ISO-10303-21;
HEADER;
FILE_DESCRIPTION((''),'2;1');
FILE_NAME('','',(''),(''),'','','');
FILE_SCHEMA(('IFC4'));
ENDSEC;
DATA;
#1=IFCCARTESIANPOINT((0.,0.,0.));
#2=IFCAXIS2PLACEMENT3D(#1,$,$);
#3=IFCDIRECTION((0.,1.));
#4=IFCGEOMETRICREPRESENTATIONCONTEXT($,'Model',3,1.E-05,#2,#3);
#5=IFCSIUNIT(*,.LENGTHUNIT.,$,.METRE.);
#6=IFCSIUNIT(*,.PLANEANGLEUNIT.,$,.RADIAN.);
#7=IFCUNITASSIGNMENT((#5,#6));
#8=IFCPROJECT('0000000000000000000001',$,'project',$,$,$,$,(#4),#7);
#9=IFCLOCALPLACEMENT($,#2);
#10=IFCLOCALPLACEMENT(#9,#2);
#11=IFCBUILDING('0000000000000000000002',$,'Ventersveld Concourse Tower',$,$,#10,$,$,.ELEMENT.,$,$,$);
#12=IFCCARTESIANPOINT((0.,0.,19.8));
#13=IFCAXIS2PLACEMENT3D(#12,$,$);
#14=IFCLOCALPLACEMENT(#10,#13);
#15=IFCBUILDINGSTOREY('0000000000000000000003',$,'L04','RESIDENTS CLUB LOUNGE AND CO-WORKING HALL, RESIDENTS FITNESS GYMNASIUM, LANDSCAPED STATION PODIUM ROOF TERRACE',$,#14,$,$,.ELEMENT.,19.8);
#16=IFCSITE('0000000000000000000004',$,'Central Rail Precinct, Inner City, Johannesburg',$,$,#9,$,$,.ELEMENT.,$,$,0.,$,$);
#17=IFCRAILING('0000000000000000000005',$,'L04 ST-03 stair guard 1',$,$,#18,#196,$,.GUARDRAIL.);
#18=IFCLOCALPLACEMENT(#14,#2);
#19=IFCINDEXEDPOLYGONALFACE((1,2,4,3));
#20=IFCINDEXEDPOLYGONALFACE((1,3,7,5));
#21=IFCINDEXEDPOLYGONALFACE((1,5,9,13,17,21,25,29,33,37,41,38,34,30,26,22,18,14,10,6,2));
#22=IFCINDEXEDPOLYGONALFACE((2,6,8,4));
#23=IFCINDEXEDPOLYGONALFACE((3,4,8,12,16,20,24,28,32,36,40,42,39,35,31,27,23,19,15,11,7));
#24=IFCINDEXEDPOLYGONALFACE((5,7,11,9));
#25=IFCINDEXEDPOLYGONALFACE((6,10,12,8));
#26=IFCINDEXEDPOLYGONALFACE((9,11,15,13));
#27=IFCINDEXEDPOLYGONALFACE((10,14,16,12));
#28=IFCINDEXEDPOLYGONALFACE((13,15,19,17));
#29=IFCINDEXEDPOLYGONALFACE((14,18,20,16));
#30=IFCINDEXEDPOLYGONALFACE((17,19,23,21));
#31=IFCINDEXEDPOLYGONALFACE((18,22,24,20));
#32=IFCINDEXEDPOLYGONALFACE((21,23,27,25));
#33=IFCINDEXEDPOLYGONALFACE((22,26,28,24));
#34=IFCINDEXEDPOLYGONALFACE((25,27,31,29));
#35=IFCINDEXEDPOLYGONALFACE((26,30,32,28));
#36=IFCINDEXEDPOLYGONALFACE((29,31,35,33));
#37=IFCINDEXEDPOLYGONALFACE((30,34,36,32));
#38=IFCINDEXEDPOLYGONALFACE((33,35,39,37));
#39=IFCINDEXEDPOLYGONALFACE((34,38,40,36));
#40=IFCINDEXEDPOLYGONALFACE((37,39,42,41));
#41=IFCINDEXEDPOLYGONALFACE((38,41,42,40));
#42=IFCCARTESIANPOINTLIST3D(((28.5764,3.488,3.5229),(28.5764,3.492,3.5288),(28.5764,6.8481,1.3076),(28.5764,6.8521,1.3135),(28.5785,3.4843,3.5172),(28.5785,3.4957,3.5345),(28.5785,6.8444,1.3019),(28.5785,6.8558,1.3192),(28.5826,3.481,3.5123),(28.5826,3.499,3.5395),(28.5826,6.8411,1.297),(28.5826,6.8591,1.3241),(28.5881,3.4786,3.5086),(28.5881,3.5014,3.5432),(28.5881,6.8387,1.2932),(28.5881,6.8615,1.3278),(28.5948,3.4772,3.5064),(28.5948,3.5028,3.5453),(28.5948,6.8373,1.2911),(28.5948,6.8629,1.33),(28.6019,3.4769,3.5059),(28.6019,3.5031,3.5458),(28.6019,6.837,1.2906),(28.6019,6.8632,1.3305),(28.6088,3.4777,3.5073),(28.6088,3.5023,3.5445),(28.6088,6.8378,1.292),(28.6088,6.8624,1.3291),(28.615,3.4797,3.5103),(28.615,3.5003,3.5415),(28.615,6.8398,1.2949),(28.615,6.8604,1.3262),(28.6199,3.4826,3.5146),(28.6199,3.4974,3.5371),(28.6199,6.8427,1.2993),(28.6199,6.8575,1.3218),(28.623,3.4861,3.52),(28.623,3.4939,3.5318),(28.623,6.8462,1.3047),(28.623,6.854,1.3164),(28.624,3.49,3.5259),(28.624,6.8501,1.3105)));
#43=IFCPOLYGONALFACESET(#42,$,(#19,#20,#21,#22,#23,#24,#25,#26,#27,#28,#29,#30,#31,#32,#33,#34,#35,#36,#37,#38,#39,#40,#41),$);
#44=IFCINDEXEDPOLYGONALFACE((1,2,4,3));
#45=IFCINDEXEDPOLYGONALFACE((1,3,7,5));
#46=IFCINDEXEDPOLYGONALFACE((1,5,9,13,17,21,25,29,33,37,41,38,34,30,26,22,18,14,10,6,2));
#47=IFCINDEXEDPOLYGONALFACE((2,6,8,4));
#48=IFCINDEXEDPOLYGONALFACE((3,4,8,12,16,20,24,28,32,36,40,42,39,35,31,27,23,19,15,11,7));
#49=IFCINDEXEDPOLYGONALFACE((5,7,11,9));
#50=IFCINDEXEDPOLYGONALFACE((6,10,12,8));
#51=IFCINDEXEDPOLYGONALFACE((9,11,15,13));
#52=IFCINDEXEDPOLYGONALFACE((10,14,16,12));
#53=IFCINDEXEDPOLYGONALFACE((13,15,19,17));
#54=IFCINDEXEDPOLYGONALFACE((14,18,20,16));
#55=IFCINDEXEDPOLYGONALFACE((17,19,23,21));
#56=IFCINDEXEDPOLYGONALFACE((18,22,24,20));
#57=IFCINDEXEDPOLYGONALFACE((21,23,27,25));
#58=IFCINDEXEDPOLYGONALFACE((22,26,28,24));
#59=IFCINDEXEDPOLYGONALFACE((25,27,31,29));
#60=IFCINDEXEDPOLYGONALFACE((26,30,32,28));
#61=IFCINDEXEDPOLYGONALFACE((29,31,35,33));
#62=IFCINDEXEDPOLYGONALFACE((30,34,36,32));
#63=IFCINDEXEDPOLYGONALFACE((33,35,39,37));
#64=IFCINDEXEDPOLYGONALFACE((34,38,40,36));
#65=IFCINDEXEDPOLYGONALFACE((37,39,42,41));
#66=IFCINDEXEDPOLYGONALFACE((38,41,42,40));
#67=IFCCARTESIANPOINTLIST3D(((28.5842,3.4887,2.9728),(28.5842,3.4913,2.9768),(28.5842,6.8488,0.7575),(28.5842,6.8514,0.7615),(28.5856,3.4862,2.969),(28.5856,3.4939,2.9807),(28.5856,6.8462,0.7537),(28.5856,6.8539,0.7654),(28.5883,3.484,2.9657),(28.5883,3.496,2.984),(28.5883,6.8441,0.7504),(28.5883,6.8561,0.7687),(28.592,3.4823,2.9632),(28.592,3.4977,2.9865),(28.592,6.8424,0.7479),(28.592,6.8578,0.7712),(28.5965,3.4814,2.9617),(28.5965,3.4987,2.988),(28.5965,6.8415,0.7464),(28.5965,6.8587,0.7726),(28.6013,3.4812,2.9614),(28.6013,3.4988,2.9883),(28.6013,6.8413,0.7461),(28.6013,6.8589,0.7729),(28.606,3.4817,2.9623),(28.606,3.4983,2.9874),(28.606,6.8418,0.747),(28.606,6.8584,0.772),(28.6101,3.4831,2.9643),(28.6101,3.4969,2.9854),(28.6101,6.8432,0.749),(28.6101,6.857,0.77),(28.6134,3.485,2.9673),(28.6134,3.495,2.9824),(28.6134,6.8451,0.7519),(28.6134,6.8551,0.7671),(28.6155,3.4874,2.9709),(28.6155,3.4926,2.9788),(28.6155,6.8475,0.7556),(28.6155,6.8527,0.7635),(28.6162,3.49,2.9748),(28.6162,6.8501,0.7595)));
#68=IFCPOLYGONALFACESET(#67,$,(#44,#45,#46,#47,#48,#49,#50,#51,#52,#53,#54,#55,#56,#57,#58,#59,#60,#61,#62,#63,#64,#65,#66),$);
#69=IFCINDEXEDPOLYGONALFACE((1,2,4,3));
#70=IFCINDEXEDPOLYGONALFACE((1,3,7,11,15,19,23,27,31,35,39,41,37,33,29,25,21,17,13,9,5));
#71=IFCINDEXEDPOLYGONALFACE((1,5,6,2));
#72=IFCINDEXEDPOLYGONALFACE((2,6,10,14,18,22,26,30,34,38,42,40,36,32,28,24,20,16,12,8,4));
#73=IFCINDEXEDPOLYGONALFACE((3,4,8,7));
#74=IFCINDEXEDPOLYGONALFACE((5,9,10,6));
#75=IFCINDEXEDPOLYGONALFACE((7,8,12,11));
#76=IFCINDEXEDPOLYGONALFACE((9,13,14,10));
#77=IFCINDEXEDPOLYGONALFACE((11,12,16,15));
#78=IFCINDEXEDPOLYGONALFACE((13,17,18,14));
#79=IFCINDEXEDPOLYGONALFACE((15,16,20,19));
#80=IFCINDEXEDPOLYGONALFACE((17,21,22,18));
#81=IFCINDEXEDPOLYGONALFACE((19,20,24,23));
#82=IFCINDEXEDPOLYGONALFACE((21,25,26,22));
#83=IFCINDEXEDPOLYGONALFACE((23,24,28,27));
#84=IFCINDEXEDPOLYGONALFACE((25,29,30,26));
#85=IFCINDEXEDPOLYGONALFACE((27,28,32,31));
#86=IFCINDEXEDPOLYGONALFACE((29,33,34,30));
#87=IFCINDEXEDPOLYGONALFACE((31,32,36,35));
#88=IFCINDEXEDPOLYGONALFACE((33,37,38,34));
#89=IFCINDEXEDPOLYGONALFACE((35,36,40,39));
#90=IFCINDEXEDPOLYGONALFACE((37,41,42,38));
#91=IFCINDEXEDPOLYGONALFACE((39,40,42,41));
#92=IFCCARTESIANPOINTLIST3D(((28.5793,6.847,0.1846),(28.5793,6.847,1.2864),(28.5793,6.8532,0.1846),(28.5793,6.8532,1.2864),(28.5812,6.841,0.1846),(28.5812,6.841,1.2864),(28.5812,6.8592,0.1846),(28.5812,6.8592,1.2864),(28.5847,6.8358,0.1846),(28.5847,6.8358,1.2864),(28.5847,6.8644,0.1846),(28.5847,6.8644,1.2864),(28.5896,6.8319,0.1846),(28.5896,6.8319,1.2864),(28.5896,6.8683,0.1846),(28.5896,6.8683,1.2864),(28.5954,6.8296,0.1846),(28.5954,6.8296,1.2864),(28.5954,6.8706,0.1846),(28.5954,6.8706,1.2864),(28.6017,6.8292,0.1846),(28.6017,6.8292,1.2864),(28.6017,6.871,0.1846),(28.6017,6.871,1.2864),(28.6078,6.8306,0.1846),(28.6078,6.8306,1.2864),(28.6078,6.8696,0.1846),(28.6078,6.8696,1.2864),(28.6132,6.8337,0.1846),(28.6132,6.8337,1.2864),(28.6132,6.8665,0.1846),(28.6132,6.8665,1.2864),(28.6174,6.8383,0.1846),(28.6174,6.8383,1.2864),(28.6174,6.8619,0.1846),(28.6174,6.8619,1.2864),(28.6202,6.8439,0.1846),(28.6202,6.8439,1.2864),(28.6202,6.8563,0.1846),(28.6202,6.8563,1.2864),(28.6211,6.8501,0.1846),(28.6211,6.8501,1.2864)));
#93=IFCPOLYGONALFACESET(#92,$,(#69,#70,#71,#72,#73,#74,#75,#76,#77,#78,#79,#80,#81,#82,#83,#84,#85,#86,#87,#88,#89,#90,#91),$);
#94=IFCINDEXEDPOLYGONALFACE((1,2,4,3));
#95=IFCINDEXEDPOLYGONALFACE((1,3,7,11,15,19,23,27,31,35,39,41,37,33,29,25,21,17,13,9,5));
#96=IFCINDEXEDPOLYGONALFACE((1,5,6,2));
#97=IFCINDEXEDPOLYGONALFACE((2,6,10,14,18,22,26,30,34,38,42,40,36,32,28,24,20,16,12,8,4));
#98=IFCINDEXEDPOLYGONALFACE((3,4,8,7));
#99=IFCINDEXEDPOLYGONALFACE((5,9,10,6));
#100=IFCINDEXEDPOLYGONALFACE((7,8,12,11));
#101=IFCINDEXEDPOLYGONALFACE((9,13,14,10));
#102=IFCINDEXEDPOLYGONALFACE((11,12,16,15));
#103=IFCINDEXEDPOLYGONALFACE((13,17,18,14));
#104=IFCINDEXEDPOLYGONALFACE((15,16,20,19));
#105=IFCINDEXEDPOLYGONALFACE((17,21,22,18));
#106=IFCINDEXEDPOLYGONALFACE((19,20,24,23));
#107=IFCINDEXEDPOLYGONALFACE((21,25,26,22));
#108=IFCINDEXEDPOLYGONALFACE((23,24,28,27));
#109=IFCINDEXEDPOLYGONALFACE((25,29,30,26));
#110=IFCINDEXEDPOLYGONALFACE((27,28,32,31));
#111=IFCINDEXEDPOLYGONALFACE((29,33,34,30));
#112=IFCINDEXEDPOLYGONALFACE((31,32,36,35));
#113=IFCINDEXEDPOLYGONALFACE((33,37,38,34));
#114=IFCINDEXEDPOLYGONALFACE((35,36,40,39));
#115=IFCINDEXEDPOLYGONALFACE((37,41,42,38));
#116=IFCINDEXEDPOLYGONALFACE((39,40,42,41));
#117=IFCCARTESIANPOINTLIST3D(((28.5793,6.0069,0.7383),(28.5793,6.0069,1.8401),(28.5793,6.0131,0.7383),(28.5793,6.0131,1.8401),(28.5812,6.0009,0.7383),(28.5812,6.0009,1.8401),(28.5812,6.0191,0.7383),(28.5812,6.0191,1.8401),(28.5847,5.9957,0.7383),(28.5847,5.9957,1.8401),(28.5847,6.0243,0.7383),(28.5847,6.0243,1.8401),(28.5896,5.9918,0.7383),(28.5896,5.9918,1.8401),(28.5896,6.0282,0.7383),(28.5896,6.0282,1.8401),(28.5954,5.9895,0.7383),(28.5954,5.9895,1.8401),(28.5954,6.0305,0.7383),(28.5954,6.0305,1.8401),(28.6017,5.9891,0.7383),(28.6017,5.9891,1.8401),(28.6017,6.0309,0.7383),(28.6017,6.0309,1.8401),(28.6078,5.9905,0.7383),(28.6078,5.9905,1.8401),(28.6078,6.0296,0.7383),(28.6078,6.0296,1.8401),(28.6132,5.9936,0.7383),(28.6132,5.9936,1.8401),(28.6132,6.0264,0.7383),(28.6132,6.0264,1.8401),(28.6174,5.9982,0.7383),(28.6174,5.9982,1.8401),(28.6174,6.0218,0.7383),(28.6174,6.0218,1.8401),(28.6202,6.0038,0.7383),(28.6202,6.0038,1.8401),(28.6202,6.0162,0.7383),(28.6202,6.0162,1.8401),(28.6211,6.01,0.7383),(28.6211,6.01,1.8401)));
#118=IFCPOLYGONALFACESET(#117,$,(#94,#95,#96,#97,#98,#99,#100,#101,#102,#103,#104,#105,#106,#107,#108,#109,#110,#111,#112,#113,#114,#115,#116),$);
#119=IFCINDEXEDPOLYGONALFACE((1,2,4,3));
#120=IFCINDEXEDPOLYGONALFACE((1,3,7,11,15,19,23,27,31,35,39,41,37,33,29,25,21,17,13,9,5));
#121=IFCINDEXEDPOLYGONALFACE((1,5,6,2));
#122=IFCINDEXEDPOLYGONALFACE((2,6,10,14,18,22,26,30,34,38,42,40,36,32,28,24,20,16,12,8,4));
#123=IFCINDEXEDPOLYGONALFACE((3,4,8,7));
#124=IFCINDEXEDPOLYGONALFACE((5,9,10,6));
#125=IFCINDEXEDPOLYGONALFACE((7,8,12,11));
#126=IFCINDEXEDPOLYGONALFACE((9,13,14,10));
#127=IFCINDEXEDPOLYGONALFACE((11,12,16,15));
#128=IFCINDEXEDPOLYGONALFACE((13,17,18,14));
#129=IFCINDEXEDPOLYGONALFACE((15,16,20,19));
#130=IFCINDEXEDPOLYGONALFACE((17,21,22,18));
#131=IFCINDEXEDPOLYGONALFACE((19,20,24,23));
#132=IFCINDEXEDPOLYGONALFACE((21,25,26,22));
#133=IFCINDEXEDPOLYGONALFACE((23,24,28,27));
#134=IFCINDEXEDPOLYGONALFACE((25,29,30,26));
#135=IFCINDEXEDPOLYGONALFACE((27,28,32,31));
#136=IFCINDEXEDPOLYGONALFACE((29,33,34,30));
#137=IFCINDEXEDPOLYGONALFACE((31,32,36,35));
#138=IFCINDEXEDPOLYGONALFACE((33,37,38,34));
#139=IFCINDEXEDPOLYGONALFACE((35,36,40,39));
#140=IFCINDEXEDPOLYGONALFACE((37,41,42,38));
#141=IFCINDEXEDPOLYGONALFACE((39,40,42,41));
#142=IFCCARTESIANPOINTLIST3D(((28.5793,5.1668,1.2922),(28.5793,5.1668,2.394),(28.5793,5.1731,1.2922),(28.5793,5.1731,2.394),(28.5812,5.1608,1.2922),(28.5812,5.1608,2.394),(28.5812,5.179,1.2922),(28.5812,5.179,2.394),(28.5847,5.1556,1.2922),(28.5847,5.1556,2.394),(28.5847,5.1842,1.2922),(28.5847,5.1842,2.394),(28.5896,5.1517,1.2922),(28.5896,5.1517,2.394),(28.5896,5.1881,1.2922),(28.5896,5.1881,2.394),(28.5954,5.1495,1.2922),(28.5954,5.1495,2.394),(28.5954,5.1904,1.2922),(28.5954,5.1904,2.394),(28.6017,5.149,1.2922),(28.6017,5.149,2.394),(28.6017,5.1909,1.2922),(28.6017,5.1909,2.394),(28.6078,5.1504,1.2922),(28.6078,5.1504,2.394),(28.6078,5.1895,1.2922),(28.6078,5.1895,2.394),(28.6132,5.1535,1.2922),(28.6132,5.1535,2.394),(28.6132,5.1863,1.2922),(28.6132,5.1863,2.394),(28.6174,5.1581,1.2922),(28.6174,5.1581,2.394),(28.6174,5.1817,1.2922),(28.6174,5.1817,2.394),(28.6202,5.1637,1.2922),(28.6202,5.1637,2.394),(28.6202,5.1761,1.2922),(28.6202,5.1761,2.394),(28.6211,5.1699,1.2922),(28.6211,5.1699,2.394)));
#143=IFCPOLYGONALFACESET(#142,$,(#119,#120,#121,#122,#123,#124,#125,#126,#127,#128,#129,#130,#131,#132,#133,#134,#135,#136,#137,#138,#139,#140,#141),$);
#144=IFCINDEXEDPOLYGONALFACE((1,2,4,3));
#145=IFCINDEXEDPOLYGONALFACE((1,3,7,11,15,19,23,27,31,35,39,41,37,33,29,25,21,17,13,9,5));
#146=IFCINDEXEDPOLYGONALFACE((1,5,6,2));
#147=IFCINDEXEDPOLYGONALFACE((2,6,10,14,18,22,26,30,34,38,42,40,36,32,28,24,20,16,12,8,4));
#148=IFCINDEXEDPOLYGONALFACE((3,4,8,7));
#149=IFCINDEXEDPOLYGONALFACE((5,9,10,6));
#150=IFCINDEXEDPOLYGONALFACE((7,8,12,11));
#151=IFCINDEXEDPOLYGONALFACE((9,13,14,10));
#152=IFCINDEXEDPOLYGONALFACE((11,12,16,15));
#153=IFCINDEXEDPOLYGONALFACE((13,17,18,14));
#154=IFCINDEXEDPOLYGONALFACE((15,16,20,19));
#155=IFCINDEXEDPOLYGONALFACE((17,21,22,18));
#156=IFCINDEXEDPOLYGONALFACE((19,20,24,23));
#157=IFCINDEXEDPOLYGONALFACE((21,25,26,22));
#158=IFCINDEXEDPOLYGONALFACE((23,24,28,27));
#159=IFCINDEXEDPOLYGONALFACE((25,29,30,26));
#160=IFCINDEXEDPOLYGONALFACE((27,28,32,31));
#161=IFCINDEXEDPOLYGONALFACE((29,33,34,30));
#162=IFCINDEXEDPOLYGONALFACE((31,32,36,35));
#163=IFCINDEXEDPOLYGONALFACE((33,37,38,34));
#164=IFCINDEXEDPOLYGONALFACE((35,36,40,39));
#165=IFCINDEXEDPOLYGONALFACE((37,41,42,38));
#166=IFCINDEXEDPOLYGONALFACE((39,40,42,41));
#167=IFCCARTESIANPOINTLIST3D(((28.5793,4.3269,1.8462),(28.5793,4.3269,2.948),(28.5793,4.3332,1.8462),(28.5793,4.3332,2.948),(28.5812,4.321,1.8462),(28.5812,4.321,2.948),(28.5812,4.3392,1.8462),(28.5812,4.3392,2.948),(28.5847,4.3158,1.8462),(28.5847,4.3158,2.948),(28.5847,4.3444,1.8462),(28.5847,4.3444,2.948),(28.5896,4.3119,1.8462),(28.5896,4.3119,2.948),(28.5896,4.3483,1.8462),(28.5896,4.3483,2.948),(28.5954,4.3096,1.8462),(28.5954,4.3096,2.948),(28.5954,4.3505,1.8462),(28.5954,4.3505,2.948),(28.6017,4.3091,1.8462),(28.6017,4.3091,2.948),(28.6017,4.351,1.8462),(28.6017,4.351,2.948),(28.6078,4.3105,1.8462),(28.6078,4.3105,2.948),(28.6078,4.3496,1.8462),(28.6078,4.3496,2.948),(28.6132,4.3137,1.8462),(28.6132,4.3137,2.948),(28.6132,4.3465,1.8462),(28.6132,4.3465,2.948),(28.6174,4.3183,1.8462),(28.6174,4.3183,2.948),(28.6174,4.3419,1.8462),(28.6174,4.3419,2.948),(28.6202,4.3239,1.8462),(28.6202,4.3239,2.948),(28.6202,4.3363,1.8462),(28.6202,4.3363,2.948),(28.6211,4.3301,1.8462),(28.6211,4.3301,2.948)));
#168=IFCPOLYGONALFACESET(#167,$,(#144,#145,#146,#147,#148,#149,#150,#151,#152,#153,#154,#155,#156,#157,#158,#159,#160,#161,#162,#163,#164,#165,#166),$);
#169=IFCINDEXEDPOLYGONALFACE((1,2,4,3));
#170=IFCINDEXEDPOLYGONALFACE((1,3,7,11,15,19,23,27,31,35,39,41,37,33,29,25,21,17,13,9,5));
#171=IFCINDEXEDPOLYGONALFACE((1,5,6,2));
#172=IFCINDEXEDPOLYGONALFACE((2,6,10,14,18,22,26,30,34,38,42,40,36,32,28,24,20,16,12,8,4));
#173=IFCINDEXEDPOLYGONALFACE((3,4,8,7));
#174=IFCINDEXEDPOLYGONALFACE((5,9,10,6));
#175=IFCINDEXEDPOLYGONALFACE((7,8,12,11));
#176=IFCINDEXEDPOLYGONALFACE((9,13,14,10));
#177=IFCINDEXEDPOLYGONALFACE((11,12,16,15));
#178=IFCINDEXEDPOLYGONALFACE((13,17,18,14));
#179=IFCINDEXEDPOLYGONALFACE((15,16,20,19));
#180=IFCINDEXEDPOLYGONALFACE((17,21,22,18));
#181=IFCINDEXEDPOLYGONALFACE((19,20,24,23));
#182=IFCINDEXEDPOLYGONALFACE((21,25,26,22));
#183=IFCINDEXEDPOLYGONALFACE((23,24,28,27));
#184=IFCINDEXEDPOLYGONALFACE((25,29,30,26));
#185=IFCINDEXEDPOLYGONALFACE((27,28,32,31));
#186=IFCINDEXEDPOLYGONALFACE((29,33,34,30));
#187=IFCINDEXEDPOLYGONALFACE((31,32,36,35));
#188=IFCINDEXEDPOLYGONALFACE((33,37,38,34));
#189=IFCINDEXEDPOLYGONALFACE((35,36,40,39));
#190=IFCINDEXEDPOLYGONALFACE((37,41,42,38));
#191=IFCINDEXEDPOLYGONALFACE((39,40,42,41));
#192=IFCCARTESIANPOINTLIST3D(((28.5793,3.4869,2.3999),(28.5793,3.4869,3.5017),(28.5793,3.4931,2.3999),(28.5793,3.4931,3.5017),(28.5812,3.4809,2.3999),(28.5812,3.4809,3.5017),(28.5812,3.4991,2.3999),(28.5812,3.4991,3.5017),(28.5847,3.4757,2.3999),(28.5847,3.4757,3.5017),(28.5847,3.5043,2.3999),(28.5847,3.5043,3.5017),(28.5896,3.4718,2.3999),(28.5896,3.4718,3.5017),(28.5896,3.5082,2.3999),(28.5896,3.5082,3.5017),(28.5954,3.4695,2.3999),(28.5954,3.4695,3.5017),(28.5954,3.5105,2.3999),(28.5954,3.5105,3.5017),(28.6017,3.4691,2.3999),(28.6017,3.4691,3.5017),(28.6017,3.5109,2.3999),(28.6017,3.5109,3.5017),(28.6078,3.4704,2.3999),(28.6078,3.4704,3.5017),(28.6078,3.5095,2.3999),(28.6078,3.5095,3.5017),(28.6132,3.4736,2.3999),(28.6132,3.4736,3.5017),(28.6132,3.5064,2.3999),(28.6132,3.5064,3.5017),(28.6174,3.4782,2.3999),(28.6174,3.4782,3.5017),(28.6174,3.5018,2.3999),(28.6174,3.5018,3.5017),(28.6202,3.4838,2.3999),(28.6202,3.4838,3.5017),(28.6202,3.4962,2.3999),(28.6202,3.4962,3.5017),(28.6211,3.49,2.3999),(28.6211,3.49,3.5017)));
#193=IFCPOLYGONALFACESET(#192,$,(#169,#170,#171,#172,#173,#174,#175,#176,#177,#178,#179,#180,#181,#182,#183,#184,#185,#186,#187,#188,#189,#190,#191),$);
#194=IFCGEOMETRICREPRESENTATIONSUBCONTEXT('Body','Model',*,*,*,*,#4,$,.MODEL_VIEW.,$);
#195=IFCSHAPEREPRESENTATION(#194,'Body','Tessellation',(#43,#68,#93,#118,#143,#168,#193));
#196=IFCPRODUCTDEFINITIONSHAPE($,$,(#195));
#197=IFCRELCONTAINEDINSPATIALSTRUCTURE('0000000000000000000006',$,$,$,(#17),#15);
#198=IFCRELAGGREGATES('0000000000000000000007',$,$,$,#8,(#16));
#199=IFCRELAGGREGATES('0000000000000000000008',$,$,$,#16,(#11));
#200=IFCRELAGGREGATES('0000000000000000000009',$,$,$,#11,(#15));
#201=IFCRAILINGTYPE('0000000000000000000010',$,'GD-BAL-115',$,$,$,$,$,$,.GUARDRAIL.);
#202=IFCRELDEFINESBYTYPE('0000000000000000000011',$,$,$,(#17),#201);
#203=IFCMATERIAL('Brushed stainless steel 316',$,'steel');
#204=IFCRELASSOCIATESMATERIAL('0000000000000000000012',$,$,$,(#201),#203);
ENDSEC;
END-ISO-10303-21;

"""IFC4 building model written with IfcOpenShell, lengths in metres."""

from ifc_helpers import new_model, si_unit, direction, frame, origin, origin_2d, place, context, subcontext, project, spatial, circle, extrude, material, type_object, element, save


model = new_model("IFC4")

# Units and contexts
model_context = context("Model", 3, precision=1e-05, world=origin(), true_north=direction((0.0, 1.0)))
body_context = subcontext(model_context, "Body", "Model", "MODEL_VIEW")
ifc_project = project(units=[si_unit("LENGTHUNIT", "METRE"), si_unit("PLANEANGLEUNIT", "RADIAN")], contexts=[model_context])

# Site, building, storey
site_placement = place(None, origin())
site = spatial("IfcSite", under=ifc_project, at=site_placement, Name="Central Rail Precinct, Inner City, Johannesburg", CompositionType="ELEMENT", RefElevation=0.0)
building_placement = place(site_placement, origin())
building = spatial("IfcBuilding", under=site, at=building_placement, Name="Ventersveld Concourse Tower", CompositionType="ELEMENT")
storey_placement = place(building_placement, frame((0.0, 0.0, 19.8)))
storey = spatial("IfcBuildingStorey", under=building, at=storey_placement, Name="L04", Description="RESIDENTS CLUB LOUNGE AND CO-WORKING HALL, RESIDENTS FITNESS GYMNASIUM, LANDSCAPED STATION PODIUM ROOF TERRACE", CompositionType="ELEMENT", Elevation=19.8)

# Shared definitions
ifc_material_1 = material(Name="Brushed stainless steel 316", Category="steel")

# Railing
railing_type_1 = type_object("IfcRailingType", Name="GD-BAL-115", PredefinedType="GUARDRAIL", material=ifc_material_1)
railing_1_placement = place(storey_placement, frame((28.6001, 6.8501, 0.1846)))
element("IfcRailing", 1, at=railing_1_placement, inside=storey, type_object=railing_type_1, Name="L04 ST-03 stair guard 1", PredefinedType="GUARDRAIL", context=body_context, shape_type="SweptSolid", body=[
    extrude(circle(Radius=0.0239, at=origin_2d()), frame((0.0, 0.0, 1.126), z_axis=(0.0, -0.834876, 0.550437), x_axis=(1.0, 0.0, 0.0)), (0.0, 0.0, 1.0), 4.0247),
    extrude(circle(Radius=0.0161, at=origin_2d()), frame((0.0, 0.0, 0.575), z_axis=(0.0, -0.834876, 0.550437), x_axis=(1.0, 0.0, 0.0)), (0.0, 0.0, 1.0), 4.0247),
    extrude(circle(Radius=0.021, at=origin_2d()), origin(), (0.0, 0.0, 1.0), 1.1018),
    extrude(circle(Radius=0.021, at=origin_2d()), frame((0.0, -0.8401, 0.5537)), (0.0, 0.0, 1.0), 1.1018),
    extrude(circle(Radius=0.021, at=origin_2d()), frame((0.0, -1.6802, 1.1077)), (0.0, 0.0, 1.0), 1.1018),
    extrude(circle(Radius=0.021, at=origin_2d()), frame((0.0, -2.52, 1.6616)), (0.0, 0.0, 1.0), 1.1018),
    extrude(circle(Radius=0.021, at=origin_2d()), frame((0.0, -3.3601, 2.2153)), (0.0, 0.0, 1.0), 1.1018),
])

save(model, "model.ifc")
